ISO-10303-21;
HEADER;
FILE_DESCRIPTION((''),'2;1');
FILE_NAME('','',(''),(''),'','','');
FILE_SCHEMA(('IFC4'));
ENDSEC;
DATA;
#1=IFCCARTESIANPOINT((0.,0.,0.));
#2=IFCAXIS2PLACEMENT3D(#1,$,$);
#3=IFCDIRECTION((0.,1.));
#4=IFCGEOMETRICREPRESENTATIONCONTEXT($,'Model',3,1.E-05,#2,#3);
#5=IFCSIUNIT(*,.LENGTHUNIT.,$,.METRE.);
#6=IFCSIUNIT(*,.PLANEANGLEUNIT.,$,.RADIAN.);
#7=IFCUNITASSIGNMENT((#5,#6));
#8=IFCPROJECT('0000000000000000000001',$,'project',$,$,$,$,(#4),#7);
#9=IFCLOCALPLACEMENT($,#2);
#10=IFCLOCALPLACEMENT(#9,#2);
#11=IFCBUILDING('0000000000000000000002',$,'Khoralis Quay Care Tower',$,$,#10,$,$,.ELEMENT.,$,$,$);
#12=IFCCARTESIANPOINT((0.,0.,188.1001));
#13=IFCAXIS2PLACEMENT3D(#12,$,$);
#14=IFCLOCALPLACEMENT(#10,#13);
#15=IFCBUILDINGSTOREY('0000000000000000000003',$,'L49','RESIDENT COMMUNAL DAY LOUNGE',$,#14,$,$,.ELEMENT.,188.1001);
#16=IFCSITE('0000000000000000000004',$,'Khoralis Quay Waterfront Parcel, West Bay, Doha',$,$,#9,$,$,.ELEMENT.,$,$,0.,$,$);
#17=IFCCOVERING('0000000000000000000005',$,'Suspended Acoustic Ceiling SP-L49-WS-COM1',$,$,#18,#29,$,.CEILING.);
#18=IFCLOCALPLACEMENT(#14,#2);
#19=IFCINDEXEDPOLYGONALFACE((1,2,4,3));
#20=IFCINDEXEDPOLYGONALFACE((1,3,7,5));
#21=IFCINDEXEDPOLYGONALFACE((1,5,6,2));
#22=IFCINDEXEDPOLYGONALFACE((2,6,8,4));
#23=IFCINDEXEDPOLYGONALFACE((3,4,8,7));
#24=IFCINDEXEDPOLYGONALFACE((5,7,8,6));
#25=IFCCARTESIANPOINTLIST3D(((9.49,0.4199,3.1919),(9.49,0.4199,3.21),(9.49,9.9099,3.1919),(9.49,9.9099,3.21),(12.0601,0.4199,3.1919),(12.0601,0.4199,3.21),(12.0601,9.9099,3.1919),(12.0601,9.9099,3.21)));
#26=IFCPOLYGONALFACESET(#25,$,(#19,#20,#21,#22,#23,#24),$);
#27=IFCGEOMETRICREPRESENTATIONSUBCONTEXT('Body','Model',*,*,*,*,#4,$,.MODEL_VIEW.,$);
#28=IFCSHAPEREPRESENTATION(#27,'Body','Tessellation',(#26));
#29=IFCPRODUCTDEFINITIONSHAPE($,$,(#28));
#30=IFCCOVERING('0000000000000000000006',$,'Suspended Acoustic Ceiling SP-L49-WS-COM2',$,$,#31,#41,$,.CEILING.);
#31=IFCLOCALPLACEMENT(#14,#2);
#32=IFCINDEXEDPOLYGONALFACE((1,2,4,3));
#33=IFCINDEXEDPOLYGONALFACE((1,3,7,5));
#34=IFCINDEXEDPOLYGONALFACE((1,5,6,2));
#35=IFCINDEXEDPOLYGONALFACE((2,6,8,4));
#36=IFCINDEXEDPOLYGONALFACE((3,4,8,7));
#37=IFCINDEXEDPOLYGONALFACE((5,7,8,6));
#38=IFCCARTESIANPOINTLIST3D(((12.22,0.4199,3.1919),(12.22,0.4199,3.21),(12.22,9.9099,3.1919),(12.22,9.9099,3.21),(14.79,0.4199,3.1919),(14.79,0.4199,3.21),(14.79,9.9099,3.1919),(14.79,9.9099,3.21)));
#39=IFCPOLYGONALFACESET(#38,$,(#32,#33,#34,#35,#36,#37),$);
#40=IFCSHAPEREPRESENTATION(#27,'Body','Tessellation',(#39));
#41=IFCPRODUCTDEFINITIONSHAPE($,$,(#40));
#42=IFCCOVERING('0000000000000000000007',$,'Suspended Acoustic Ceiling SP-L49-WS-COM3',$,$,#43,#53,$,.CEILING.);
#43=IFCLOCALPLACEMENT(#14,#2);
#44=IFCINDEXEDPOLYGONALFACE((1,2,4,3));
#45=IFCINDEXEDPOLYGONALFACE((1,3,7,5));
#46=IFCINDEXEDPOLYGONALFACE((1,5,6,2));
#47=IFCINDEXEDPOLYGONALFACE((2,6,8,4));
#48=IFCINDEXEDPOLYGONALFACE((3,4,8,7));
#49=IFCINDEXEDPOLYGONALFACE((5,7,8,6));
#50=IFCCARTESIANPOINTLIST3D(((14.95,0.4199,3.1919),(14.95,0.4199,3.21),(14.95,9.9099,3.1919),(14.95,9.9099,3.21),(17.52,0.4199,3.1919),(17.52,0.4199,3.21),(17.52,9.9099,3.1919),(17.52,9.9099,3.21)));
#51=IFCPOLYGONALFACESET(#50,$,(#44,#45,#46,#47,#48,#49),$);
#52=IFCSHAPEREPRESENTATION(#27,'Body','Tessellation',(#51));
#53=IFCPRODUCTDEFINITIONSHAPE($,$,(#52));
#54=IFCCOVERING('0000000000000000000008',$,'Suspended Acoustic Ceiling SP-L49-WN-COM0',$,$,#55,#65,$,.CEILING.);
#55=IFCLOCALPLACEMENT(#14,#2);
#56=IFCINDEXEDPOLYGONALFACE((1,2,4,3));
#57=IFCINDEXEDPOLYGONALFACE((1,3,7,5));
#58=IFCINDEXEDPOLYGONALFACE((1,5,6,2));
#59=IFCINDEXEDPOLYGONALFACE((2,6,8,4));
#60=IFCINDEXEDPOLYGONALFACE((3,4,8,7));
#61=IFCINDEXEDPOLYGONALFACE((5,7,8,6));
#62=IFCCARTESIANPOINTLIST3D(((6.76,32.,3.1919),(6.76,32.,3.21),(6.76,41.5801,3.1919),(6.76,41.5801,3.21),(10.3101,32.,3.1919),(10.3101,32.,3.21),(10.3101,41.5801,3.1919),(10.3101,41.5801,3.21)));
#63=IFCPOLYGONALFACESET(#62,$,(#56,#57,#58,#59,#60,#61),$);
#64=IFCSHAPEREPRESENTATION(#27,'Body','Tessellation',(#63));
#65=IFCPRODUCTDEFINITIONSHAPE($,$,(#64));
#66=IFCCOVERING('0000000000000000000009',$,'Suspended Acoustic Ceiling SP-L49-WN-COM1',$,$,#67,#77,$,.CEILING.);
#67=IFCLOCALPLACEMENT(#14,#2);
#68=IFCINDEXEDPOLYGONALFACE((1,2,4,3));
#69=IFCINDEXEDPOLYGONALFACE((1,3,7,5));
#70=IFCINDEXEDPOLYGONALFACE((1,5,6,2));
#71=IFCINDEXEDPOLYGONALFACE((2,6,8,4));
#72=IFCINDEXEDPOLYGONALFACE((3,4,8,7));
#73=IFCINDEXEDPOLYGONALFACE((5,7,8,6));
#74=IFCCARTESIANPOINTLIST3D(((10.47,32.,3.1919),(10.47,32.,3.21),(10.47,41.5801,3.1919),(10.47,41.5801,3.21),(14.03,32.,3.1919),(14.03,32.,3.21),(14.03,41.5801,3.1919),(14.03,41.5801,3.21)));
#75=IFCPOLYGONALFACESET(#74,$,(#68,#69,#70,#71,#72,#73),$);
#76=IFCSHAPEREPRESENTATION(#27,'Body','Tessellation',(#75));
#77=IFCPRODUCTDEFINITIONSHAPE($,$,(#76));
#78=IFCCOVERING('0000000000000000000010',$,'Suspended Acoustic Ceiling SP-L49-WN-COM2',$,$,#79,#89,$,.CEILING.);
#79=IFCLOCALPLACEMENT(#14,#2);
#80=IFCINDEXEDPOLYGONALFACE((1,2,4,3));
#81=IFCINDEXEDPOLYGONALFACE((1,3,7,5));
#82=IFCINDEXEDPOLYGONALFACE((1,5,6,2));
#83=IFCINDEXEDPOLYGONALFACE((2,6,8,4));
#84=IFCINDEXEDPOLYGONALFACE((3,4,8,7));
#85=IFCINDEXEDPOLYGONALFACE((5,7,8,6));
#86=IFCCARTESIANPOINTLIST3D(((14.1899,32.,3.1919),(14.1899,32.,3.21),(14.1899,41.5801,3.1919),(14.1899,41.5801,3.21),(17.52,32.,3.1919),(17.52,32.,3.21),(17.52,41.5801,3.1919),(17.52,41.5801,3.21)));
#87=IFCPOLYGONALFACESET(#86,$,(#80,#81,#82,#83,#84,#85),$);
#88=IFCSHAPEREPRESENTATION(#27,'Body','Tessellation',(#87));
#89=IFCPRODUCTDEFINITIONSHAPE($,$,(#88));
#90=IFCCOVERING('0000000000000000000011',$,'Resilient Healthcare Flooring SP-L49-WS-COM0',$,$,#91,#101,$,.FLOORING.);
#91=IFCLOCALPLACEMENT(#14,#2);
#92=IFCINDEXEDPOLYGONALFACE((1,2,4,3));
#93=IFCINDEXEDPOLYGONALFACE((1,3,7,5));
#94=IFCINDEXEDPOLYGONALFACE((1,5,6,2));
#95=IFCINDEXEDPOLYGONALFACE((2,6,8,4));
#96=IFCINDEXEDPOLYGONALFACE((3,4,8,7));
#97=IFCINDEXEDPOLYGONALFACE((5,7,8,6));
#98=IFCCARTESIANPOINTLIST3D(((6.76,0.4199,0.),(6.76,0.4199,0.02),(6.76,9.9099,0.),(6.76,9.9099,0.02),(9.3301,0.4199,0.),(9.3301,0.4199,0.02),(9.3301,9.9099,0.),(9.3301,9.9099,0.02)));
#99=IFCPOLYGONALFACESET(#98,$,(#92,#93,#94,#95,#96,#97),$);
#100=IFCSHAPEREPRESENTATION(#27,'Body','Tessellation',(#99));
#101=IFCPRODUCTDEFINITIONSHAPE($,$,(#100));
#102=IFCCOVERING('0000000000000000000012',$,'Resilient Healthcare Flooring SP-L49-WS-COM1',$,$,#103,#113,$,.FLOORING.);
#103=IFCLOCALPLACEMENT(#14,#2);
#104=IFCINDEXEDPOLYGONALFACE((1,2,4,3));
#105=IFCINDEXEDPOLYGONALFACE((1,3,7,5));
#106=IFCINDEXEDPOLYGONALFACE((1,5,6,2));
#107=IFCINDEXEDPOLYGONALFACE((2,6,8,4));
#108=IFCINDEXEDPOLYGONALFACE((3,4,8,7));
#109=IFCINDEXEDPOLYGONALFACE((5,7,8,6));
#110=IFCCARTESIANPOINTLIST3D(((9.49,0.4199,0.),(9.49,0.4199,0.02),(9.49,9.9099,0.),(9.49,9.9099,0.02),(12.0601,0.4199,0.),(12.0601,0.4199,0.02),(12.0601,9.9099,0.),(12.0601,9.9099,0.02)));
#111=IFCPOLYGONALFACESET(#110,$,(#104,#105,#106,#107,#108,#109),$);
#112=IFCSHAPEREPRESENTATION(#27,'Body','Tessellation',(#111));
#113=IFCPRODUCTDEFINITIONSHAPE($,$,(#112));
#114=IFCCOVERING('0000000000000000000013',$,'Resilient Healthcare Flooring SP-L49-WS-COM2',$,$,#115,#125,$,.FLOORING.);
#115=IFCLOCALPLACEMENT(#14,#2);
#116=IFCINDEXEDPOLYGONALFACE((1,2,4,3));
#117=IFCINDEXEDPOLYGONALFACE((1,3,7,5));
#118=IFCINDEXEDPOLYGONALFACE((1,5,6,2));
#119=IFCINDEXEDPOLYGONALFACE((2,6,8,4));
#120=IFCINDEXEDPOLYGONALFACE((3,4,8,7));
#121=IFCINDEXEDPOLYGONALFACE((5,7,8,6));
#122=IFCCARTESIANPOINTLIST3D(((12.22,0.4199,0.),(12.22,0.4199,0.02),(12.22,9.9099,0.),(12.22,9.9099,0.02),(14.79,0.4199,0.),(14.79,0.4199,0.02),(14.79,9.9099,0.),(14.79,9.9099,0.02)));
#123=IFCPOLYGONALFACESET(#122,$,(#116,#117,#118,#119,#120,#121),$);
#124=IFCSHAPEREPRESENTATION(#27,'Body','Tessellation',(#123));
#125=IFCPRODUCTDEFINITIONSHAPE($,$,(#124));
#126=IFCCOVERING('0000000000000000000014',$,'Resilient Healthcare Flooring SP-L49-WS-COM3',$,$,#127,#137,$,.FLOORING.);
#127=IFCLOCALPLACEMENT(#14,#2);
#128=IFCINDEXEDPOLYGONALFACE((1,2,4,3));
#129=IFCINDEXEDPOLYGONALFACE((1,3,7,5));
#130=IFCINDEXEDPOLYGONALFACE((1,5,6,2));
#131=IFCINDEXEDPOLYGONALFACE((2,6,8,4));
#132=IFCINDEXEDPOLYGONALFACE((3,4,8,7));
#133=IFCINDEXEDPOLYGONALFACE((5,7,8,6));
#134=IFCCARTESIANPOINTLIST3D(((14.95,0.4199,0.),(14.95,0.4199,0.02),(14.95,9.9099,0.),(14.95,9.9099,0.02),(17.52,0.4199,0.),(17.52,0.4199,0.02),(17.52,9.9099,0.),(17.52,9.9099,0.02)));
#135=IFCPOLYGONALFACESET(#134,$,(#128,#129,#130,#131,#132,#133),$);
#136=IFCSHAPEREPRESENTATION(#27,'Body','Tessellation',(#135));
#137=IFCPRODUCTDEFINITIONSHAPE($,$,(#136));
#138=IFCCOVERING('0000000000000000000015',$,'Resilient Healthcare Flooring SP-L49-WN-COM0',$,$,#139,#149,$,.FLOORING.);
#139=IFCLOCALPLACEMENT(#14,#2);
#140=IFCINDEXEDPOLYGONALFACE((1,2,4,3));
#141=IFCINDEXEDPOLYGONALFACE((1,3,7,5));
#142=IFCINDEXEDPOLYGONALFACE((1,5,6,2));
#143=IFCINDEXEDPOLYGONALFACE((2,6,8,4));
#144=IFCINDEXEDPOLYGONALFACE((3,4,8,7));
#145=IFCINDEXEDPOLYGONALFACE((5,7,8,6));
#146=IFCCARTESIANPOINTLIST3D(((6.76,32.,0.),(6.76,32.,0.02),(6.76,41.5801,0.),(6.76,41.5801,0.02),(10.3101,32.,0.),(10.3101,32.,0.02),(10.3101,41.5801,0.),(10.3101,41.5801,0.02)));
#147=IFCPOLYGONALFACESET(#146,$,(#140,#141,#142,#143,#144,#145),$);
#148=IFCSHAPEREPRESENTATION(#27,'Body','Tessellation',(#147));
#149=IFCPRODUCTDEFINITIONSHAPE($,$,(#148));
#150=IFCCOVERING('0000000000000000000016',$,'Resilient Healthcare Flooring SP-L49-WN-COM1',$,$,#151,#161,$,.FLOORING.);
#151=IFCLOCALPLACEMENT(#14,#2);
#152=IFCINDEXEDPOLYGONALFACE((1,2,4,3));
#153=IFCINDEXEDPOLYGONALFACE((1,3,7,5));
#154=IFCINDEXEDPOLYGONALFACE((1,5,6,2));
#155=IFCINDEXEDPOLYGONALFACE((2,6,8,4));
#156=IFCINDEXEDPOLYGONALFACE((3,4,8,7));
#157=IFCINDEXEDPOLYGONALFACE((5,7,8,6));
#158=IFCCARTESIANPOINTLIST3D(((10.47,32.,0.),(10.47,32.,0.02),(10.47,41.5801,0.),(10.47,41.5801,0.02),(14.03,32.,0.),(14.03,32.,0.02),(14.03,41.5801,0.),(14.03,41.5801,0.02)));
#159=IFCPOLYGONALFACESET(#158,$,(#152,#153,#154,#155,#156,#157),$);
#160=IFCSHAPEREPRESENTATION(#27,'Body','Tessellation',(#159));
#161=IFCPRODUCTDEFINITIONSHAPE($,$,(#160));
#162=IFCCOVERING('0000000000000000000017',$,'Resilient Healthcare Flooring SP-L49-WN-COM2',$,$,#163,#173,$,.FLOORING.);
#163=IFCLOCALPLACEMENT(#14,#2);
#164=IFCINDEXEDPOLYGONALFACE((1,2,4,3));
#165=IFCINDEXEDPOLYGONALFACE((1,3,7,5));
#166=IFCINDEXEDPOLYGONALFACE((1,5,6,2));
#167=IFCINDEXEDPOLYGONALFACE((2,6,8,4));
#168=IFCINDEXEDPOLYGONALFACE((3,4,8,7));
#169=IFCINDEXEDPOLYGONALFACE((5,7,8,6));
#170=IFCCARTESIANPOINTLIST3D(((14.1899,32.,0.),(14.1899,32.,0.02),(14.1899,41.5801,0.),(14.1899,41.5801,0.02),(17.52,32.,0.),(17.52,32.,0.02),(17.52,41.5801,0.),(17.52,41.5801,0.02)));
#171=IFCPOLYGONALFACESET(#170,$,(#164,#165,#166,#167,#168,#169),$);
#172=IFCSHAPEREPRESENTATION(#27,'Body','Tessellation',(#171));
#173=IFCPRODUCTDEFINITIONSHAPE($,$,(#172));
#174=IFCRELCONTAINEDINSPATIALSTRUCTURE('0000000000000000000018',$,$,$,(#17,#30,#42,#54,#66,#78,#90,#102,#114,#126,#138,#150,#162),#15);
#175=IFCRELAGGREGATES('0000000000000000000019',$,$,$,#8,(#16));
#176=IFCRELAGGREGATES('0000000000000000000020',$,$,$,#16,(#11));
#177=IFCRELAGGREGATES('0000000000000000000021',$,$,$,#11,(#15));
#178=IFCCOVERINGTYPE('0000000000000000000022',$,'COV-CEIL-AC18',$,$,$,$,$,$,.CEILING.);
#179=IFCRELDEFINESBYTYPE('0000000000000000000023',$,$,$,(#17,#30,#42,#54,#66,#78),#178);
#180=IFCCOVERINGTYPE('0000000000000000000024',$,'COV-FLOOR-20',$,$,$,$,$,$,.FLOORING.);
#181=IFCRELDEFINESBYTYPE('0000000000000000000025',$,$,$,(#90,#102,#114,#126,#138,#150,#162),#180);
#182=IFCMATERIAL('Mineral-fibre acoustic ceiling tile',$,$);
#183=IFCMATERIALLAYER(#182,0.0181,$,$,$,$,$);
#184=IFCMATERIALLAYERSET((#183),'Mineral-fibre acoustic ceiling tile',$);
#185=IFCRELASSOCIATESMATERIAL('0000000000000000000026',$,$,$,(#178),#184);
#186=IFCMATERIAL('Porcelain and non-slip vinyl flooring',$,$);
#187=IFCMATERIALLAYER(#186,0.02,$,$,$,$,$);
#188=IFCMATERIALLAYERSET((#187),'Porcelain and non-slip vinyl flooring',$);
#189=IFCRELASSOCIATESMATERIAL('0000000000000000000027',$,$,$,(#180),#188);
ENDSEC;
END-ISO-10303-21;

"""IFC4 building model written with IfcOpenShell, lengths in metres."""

from ifc_helpers import new_model, si_unit, direction, frame, origin, place, context, subcontext, project, spatial, polyline, outline, extrude, material, layer, layer_set, type_object, element, save


model = new_model("IFC4")

# Units and contexts
model_context = context("Model", 3, precision=1e-05, world=origin(), true_north=direction((0.0, 1.0)))
body_context = subcontext(model_context, "Body", "Model", "MODEL_VIEW")
ifc_project = project(units=[si_unit("LENGTHUNIT", "METRE"), si_unit("PLANEANGLEUNIT", "RADIAN")], contexts=[model_context])

# Site, building, storey
site_placement = place(None, origin())
site = spatial("IfcSite", under=ifc_project, at=site_placement, Name="Khoralis Quay Waterfront Parcel, West Bay, Doha", CompositionType="ELEMENT", RefElevation=0.0)
building_placement = place(site_placement, origin())
building = spatial("IfcBuilding", under=site, at=building_placement, Name="Khoralis Quay Care Tower", CompositionType="ELEMENT")
storey_placement = place(building_placement, frame((0.0, 0.0, 188.1001)))
storey = spatial("IfcBuildingStorey", under=building, at=storey_placement, Name="L49", Description="RESIDENT COMMUNAL DAY LOUNGE", CompositionType="ELEMENT", Elevation=188.1001)

# Coverings
ifc_material_1 = material(Name="Mineral-fibre acoustic ceiling tile")
ifc_layer_1 = layer(ifc_material_1, 0.0181)
ifc_layer_set_1 = layer_set([ifc_layer_1], Name="Mineral-fibre acoustic ceiling tile")
covering_type_1 = type_object("IfcCoveringType", Name="COV-CEIL-AC18", PredefinedType="CEILING", material=ifc_layer_set_1)
covering_1_placement = place(storey_placement, frame((0.0, 0.0, 3.1919)))
element("IfcCovering", 1, at=covering_1_placement, inside=storey, type_object=covering_type_1, Name="Suspended Acoustic Ceiling SP-L49-WS-COM1", PredefinedType="CEILING", context=body_context, shape_type="SweptSolid", body=[
    extrude(outline(polyline([(9.49, 0.4199), (12.0601, 0.4199), (12.0601, 9.9099), (9.49, 9.9099), (9.49, 0.4199)])), origin(), (0.0, 0.0, 1.0), 0.0181),
])
covering_2_placement = place(storey_placement, frame((0.0, 0.0, 3.1919)))
element("IfcCovering", 2, at=covering_2_placement, inside=storey, type_object=covering_type_1, Name="Suspended Acoustic Ceiling SP-L49-WS-COM2", PredefinedType="CEILING", context=body_context, shape_type="SweptSolid", body=[
    extrude(outline(polyline([(12.22, 0.4199), (14.79, 0.4199), (14.79, 9.9099), (12.22, 9.9099), (12.22, 0.4199)])), origin(), (0.0, 0.0, 1.0), 0.0181),
])
covering_3_placement = place(storey_placement, frame((0.0, 0.0, 3.1919)))
element("IfcCovering", 3, at=covering_3_placement, inside=storey, type_object=covering_type_1, Name="Suspended Acoustic Ceiling SP-L49-WS-COM3", PredefinedType="CEILING", context=body_context, shape_type="SweptSolid", body=[
    extrude(outline(polyline([(14.95, 0.4199), (17.52, 0.4199), (17.52, 9.9099), (14.95, 9.9099), (14.95, 0.4199)])), origin(), (0.0, 0.0, 1.0), 0.0181),
])
covering_4_placement = place(storey_placement, frame((0.0, 0.0, 3.1919)))
element("IfcCovering", 4, at=covering_4_placement, inside=storey, type_object=covering_type_1, Name="Suspended Acoustic Ceiling SP-L49-WN-COM0", PredefinedType="CEILING", context=body_context, shape_type="SweptSolid", body=[
    extrude(outline(polyline([(6.76, 32.0), (10.3101, 32.0), (10.3101, 41.5801), (6.76, 41.5801), (6.76, 32.0)])), origin(), (0.0, 0.0, 1.0), 0.0181),
])
covering_5_placement = place(storey_placement, frame((0.0, 0.0, 3.1919)))
element("IfcCovering", 5, at=covering_5_placement, inside=storey, type_object=covering_type_1, Name="Suspended Acoustic Ceiling SP-L49-WN-COM1", PredefinedType="CEILING", context=body_context, shape_type="SweptSolid", body=[
    extrude(outline(polyline([(10.47, 32.0), (14.03, 32.0), (14.03, 41.5801), (10.47, 41.5801), (10.47, 32.0)])), origin(), (0.0, 0.0, 1.0), 0.0181),
])
covering_6_placement = place(storey_placement, frame((0.0, 0.0, 3.1919)))
element("IfcCovering", 6, at=covering_6_placement, inside=storey, type_object=covering_type_1, Name="Suspended Acoustic Ceiling SP-L49-WN-COM2", PredefinedType="CEILING", context=body_context, shape_type="SweptSolid", body=[
    extrude(outline(polyline([(14.1899, 32.0), (17.52, 32.0), (17.52, 41.5801), (14.1899, 41.5801), (14.1899, 32.0)])), origin(), (0.0, 0.0, 1.0), 0.0181),
])
ifc_material_2 = material(Name="Porcelain and non-slip vinyl flooring")
ifc_layer_2 = layer(ifc_material_2, 0.02)
ifc_layer_set_2 = layer_set([ifc_layer_2], Name="Porcelain and non-slip vinyl flooring")
covering_type_2 = type_object("IfcCoveringType", Name="COV-FLOOR-20", PredefinedType="FLOORING", material=ifc_layer_set_2)
covering_7_placement = place(storey_placement, origin())
element("IfcCovering", 7, at=covering_7_placement, inside=storey, type_object=covering_type_2, Name="Resilient Healthcare Flooring SP-L49-WS-COM0", PredefinedType="FLOORING", context=body_context, shape_type="SweptSolid", body=[
    extrude(outline(polyline([(6.76, 0.4199), (9.3301, 0.4199), (9.3301, 9.9099), (6.76, 9.9099), (6.76, 0.4199)])), origin(), (0.0, 0.0, 1.0), 0.02),
])
covering_8_placement = place(storey_placement, origin())
element("IfcCovering", 8, at=covering_8_placement, inside=storey, type_object=covering_type_2, Name="Resilient Healthcare Flooring SP-L49-WS-COM1", PredefinedType="FLOORING", context=body_context, shape_type="SweptSolid", body=[
    extrude(outline(polyline([(9.49, 0.4199), (12.0601, 0.4199), (12.0601, 9.9099), (9.49, 9.9099), (9.49, 0.4199)])), origin(), (0.0, 0.0, 1.0), 0.02),
])
covering_9_placement = place(storey_placement, origin())
element("IfcCovering", 9, at=covering_9_placement, inside=storey, type_object=covering_type_2, Name="Resilient Healthcare Flooring SP-L49-WS-COM2", PredefinedType="FLOORING", context=body_context, shape_type="SweptSolid", body=[
    extrude(outline(polyline([(12.22, 0.4199), (14.79, 0.4199), (14.79, 9.9099), (12.22, 9.9099), (12.22, 0.4199)])), origin(), (0.0, 0.0, 1.0), 0.02),
])
covering_10_placement = place(storey_placement, origin())
element("IfcCovering", 10, at=covering_10_placement, inside=storey, type_object=covering_type_2, Name="Resilient Healthcare Flooring SP-L49-WS-COM3", PredefinedType="FLOORING", context=body_context, shape_type="SweptSolid", body=[
    extrude(outline(polyline([(14.95, 0.4199), (17.52, 0.4199), (17.52, 9.9099), (14.95, 9.9099), (14.95, 0.4199)])), origin(), (0.0, 0.0, 1.0), 0.02),
])
covering_11_placement = place(storey_placement, origin())
element("IfcCovering", 11, at=covering_11_placement, inside=storey, type_object=covering_type_2, Name="Resilient Healthcare Flooring SP-L49-WN-COM0", PredefinedType="FLOORING", context=body_context, shape_type="SweptSolid", body=[
    extrude(outline(polyline([(6.76, 32.0), (10.3101, 32.0), (10.3101, 41.5801), (6.76, 41.5801), (6.76, 32.0)])), origin(), (0.0, 0.0, 1.0), 0.02),
])
covering_12_placement = place(storey_placement, origin())
element("IfcCovering", 12, at=covering_12_placement, inside=storey, type_object=covering_type_2, Name="Resilient Healthcare Flooring SP-L49-WN-COM1", PredefinedType="FLOORING", context=body_context, shape_type="SweptSolid", body=[
    extrude(outline(polyline([(10.47, 32.0), (14.03, 32.0), (14.03, 41.5801), (10.47, 41.5801), (10.47, 32.0)])), origin(), (0.0, 0.0, 1.0), 0.02),
])
covering_13_placement = place(storey_placement, origin())
element("IfcCovering", 13, at=covering_13_placement, inside=storey, type_object=covering_type_2, Name="Resilient Healthcare Flooring SP-L49-WN-COM2", PredefinedType="FLOORING", context=body_context, shape_type="SweptSolid", body=[
    extrude(outline(polyline([(14.1899, 32.0), (17.52, 32.0), (17.52, 41.5801), (14.1899, 41.5801), (14.1899, 32.0)])), origin(), (0.0, 0.0, 1.0), 0.02),
])

save(model, "model.ifc")
